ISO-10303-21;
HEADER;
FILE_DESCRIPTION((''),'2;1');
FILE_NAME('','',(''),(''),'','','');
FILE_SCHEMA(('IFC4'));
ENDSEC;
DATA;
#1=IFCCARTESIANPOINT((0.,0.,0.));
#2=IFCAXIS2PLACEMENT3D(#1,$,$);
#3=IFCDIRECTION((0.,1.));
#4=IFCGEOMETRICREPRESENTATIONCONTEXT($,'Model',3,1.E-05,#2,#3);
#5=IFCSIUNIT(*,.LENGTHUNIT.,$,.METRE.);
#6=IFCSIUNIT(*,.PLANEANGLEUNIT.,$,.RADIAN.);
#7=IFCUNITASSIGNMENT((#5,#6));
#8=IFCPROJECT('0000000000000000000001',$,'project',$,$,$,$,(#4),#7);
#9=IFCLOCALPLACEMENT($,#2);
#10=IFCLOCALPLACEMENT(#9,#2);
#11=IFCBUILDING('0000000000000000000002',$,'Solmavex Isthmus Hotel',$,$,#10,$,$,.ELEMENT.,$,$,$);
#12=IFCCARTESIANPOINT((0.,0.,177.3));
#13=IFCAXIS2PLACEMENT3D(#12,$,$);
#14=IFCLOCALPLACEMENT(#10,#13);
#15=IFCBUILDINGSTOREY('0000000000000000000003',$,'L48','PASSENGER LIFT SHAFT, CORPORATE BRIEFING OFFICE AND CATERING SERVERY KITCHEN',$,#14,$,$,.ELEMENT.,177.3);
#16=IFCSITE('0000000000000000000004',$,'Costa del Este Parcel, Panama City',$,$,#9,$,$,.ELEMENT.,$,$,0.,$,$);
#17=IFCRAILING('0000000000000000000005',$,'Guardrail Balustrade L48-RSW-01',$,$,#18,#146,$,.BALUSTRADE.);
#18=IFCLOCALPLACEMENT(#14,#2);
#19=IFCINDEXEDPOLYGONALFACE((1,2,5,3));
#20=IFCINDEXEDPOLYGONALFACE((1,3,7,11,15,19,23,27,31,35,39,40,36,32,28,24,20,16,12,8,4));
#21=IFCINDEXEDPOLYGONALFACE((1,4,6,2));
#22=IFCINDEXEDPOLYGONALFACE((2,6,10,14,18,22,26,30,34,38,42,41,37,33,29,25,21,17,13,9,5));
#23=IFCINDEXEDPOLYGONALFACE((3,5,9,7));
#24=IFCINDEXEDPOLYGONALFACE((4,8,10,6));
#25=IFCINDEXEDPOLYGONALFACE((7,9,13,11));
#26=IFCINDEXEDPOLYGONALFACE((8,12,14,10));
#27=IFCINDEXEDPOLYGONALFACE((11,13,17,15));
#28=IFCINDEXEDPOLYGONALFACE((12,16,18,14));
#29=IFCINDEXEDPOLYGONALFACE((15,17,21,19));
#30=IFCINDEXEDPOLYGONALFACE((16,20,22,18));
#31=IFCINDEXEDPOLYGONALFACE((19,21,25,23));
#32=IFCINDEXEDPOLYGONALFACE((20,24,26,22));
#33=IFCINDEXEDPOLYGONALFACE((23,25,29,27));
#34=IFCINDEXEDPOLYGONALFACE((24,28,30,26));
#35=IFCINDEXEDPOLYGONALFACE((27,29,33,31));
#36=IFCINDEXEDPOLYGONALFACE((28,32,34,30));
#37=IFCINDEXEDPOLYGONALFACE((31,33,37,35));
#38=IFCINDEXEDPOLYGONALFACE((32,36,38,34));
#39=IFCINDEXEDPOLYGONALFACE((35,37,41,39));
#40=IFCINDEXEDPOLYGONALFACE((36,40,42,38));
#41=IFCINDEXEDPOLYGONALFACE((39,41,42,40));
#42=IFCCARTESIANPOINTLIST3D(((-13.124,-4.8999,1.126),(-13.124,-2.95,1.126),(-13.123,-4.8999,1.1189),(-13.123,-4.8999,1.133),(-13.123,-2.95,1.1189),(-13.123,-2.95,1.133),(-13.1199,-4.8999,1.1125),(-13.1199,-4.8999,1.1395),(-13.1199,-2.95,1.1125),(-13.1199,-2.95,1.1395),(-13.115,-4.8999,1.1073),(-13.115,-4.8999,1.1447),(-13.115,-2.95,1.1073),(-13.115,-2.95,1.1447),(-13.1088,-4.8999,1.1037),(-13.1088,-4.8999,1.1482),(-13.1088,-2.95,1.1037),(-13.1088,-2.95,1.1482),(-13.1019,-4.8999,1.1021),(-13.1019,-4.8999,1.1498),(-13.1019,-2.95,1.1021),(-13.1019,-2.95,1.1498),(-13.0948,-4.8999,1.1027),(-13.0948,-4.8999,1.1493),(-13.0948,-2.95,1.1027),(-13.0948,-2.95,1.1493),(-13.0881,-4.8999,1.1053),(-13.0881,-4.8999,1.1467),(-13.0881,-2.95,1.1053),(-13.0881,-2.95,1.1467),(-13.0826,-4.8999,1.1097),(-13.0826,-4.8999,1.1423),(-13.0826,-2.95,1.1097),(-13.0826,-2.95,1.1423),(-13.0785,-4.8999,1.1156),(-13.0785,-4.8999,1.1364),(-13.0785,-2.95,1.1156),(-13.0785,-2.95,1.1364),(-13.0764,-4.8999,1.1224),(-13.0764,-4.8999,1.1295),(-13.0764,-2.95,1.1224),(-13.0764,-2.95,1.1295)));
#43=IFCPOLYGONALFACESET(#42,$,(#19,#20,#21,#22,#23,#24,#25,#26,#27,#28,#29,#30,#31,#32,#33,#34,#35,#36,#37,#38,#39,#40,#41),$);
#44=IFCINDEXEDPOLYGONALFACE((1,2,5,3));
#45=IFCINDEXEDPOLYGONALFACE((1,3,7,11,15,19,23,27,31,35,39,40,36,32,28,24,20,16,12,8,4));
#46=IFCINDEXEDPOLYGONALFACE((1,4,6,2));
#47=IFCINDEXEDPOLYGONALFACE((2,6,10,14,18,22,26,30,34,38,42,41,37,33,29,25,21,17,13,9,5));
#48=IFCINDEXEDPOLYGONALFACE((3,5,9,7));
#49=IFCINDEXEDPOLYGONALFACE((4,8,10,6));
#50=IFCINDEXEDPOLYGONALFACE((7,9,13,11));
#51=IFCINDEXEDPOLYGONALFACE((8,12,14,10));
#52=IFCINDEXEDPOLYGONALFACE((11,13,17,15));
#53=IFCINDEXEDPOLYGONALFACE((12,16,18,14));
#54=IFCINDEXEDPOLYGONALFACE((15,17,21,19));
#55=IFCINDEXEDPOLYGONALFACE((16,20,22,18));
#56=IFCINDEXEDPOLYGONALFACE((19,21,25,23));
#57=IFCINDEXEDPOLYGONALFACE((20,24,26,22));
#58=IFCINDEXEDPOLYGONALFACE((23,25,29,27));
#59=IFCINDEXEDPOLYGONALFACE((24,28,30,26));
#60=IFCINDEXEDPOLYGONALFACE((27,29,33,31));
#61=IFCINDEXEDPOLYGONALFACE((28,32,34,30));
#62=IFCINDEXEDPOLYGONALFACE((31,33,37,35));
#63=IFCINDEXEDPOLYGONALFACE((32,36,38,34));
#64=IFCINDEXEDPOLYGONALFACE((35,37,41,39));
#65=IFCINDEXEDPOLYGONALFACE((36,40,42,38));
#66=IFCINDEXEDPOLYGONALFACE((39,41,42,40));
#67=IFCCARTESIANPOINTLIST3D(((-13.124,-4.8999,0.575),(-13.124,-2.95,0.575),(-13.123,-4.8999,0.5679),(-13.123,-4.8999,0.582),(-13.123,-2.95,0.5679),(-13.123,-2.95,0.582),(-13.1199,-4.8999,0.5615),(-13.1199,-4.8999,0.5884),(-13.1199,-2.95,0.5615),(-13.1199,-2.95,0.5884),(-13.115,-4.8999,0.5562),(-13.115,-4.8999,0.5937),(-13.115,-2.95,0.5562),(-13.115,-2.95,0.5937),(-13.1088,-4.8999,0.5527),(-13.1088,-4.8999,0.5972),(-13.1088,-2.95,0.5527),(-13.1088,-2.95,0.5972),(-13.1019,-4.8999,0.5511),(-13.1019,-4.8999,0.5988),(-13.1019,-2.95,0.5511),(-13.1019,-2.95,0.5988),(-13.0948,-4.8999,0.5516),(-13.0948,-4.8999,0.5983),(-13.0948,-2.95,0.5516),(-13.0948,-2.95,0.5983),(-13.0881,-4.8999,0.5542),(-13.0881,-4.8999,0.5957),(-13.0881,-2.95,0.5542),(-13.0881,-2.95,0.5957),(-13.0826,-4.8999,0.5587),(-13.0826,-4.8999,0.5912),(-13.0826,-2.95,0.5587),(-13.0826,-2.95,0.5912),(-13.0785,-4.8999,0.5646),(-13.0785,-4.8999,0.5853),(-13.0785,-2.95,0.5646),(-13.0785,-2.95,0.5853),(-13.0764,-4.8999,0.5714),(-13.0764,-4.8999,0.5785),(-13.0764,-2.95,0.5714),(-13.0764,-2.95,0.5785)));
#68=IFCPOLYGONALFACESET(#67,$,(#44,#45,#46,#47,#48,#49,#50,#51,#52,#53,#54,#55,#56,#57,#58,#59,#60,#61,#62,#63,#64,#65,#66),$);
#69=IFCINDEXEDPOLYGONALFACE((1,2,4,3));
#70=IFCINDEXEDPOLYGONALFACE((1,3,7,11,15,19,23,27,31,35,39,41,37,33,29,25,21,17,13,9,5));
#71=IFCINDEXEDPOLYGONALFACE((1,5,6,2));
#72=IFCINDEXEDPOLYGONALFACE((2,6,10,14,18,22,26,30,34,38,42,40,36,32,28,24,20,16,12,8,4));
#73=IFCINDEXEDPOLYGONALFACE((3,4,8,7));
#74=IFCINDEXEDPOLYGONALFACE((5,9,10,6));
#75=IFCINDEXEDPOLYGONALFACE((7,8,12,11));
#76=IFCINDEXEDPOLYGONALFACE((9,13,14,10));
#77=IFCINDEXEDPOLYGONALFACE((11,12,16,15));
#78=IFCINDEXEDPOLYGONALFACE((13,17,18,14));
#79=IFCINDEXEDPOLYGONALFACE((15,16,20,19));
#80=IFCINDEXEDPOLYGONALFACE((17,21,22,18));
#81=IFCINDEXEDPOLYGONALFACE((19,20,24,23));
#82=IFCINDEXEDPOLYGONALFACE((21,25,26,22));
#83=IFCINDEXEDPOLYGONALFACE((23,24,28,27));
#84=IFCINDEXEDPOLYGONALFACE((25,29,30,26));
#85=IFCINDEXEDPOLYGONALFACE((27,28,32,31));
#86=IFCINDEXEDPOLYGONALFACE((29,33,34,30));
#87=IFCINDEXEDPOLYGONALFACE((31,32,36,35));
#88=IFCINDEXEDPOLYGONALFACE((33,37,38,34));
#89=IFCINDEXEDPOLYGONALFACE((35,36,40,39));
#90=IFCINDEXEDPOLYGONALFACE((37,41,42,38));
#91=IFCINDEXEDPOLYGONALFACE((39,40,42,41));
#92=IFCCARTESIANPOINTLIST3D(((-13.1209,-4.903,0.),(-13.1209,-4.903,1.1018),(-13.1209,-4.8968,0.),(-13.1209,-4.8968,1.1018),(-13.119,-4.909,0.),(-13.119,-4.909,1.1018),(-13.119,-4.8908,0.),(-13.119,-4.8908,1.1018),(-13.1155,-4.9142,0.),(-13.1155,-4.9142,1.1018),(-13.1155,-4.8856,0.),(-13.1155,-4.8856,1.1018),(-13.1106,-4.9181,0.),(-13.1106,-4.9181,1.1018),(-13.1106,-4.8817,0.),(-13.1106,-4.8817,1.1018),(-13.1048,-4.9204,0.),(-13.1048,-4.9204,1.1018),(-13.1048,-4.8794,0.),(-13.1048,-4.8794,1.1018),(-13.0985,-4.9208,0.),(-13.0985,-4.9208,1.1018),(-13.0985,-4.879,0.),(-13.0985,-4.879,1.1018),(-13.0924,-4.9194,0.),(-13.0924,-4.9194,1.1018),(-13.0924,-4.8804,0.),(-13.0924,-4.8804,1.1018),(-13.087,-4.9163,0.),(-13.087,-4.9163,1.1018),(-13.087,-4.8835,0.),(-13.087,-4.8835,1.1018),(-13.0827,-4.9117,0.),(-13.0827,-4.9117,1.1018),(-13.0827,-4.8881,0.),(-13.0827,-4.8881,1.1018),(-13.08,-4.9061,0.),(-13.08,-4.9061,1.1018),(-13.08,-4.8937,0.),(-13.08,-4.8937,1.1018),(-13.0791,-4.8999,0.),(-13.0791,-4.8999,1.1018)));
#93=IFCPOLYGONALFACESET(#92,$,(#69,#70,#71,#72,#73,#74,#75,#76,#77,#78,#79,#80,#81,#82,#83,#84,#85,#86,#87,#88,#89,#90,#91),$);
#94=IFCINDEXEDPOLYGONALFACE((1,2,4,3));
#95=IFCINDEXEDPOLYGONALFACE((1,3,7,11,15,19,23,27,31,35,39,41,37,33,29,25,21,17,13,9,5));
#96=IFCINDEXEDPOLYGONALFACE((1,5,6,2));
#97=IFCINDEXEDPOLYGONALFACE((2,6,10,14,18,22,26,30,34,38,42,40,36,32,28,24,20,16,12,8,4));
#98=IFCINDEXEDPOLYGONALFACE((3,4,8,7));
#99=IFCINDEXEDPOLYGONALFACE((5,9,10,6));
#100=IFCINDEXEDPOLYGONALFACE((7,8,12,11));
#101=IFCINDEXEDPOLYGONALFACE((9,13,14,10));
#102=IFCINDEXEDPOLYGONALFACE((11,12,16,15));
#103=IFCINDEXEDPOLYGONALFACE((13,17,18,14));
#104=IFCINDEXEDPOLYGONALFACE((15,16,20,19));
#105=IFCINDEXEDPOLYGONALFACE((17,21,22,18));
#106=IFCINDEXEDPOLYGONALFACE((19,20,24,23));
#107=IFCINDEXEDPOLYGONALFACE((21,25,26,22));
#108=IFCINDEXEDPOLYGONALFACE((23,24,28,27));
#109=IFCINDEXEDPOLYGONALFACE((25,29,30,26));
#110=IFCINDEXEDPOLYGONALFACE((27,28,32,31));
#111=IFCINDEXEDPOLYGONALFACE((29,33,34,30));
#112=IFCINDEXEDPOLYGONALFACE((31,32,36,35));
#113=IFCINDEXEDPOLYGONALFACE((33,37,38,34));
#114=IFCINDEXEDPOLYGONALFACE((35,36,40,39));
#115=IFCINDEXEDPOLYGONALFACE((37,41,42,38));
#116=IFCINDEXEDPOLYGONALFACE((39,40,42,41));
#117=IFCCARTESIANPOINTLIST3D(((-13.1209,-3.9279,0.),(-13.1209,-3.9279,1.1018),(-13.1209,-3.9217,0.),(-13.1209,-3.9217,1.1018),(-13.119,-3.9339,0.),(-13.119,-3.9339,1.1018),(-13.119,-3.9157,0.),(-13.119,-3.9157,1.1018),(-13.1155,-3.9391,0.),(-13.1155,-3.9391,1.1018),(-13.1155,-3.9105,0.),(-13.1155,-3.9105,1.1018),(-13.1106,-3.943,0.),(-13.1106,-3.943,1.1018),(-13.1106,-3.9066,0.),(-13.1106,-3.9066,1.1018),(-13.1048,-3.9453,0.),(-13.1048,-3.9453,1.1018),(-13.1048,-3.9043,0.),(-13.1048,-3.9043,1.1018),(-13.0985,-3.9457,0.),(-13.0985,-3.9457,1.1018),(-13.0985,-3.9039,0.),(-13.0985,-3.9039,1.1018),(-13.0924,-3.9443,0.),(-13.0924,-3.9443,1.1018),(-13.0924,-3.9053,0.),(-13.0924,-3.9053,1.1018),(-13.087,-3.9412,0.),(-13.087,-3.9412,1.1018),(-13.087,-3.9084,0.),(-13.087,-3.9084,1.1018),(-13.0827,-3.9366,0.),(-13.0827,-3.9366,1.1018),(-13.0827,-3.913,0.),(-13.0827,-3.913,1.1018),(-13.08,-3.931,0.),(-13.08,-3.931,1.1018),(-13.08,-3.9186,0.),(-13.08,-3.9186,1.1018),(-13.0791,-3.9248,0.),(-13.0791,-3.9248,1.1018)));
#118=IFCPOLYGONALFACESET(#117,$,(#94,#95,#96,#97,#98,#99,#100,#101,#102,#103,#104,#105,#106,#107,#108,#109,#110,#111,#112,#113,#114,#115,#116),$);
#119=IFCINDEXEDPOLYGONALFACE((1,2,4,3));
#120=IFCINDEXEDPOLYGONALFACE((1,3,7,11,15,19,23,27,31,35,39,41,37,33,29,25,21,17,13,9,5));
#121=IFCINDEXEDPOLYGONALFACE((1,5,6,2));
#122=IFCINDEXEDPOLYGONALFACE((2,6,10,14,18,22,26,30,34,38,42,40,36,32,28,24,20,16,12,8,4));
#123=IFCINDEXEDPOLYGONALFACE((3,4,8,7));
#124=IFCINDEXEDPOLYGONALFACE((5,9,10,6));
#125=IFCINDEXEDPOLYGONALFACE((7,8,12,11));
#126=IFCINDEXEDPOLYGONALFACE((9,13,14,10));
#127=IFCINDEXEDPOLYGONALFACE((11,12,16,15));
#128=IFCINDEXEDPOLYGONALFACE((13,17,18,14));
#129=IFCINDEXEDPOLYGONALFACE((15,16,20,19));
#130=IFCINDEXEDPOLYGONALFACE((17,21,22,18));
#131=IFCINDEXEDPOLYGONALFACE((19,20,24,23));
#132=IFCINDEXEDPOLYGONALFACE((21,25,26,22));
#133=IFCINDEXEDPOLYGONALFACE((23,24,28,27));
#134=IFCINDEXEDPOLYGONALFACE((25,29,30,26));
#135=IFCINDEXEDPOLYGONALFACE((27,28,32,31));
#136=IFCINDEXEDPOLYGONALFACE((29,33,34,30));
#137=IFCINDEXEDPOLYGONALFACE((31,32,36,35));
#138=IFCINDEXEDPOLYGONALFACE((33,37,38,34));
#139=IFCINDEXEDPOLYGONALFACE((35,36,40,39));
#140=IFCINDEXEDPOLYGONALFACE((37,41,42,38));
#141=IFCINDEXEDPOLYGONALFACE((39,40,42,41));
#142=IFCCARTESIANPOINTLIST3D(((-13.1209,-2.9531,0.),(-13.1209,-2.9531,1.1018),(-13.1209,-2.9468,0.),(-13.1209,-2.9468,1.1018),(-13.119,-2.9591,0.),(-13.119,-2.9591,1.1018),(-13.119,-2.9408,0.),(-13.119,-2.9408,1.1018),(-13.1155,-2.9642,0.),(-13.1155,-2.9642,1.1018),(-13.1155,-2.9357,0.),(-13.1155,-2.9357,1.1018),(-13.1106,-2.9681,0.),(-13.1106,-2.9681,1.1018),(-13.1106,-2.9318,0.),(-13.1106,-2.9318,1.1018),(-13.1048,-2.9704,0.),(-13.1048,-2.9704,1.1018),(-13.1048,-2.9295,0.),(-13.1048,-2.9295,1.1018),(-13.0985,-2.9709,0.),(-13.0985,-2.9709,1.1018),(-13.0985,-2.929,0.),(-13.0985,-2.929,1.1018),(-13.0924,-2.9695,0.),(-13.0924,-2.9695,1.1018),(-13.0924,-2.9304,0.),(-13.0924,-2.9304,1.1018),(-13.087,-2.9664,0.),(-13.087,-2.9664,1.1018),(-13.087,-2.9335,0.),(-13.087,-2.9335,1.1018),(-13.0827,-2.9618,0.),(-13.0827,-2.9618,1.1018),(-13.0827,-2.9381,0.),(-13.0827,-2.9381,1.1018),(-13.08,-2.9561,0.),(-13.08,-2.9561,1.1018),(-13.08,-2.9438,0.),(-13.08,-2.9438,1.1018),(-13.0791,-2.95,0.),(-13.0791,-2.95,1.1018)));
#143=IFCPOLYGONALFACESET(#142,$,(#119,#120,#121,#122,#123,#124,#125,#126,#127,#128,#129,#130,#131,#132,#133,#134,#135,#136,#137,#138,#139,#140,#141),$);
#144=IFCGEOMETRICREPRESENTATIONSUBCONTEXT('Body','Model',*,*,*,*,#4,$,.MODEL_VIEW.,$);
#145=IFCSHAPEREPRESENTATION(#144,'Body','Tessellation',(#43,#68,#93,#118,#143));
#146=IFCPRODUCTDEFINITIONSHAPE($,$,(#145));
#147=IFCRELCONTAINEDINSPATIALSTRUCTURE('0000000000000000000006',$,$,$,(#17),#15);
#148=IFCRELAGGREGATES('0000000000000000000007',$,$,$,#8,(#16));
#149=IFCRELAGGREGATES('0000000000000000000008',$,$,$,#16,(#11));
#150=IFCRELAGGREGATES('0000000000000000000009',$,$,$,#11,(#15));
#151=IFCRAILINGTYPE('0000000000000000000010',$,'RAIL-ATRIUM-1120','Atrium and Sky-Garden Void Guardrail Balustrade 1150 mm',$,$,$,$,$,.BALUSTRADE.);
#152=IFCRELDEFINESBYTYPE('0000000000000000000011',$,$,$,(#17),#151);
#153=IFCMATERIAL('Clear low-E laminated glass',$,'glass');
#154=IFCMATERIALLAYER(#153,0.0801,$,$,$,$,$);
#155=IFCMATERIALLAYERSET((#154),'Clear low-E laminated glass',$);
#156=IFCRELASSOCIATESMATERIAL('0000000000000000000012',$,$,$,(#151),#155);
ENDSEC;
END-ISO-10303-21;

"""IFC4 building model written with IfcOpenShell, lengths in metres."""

from ifc_helpers import new_model, si_unit, direction, frame, origin, origin_2d, place, context, subcontext, project, spatial, circle, extrude, material, layer, layer_set, type_object, element, save


model = new_model("IFC4")

# Units and contexts
model_context = context("Model", 3, precision=1e-05, world=origin(), true_north=direction((0.0, 1.0)))
body_context = subcontext(model_context, "Body", "Model", "MODEL_VIEW")
ifc_project = project(units=[si_unit("LENGTHUNIT", "METRE"), si_unit("PLANEANGLEUNIT", "RADIAN")], contexts=[model_context])

# Site, building, storey
site_placement = place(None, origin())
site = spatial("IfcSite", under=ifc_project, at=site_placement, Name="Costa del Este Parcel, Panama City", CompositionType="ELEMENT", RefElevation=0.0)
building_placement = place(site_placement, origin())
building = spatial("IfcBuilding", under=site, at=building_placement, Name="Solmavex Isthmus Hotel", CompositionType="ELEMENT")
storey_placement = place(building_placement, frame((0.0, 0.0, 177.3)))
storey = spatial("IfcBuildingStorey", under=building, at=storey_placement, Name="L48", Description="PASSENGER LIFT SHAFT, CORPORATE BRIEFING OFFICE AND CATERING SERVERY KITCHEN", CompositionType="ELEMENT", Elevation=177.3)

# Shared definitions
ifc_material_1 = material(Name="Clear low-E laminated glass", Category="glass")

# Railing
ifc_layer_1 = layer(ifc_material_1, 0.0801)
ifc_layer_set_1 = layer_set([ifc_layer_1], Name="Clear low-E laminated glass")
railing_type_1 = type_object("IfcRailingType", Name="RAIL-ATRIUM-1120", Description="Atrium and Sky-Garden Void Guardrail Balustrade 1150 mm", PredefinedType="BALUSTRADE", material=ifc_layer_set_1)
railing_1_placement = place(storey_placement, frame((-13.1001, -4.8999, 0.0)))
element("IfcRailing", 1, at=railing_1_placement, inside=storey, type_object=railing_type_1, Name="Guardrail Balustrade L48-RSW-01", PredefinedType="BALUSTRADE", context=body_context, shape_type="SweptSolid", body=[
    extrude(circle(Radius=0.0239, at=origin_2d()), frame((0.0, 0.0, 1.126), z_axis=(0.0, 1.0, 0.0), x_axis=(-1.0, 0.0, 0.0)), (0.0, 0.0, 1.0), 1.95),
    extrude(circle(Radius=0.0239, at=origin_2d()), frame((0.0, 0.0, 0.575), z_axis=(0.0, 1.0, 0.0), x_axis=(-1.0, 0.0, 0.0)), (0.0, 0.0, 1.0), 1.95),
    extrude(circle(Radius=0.021, at=origin_2d()), origin(), (0.0, 0.0, 1.0), 1.1018),
    extrude(circle(Radius=0.021, at=origin_2d()), frame((0.0, 0.9751, 0.0)), (0.0, 0.0, 1.0), 1.1018),
    extrude(circle(Radius=0.021, at=origin_2d()), frame((0.0, 1.95, 0.0)), (0.0, 0.0, 1.0), 1.1018),
])

save(model, "model.ifc")
